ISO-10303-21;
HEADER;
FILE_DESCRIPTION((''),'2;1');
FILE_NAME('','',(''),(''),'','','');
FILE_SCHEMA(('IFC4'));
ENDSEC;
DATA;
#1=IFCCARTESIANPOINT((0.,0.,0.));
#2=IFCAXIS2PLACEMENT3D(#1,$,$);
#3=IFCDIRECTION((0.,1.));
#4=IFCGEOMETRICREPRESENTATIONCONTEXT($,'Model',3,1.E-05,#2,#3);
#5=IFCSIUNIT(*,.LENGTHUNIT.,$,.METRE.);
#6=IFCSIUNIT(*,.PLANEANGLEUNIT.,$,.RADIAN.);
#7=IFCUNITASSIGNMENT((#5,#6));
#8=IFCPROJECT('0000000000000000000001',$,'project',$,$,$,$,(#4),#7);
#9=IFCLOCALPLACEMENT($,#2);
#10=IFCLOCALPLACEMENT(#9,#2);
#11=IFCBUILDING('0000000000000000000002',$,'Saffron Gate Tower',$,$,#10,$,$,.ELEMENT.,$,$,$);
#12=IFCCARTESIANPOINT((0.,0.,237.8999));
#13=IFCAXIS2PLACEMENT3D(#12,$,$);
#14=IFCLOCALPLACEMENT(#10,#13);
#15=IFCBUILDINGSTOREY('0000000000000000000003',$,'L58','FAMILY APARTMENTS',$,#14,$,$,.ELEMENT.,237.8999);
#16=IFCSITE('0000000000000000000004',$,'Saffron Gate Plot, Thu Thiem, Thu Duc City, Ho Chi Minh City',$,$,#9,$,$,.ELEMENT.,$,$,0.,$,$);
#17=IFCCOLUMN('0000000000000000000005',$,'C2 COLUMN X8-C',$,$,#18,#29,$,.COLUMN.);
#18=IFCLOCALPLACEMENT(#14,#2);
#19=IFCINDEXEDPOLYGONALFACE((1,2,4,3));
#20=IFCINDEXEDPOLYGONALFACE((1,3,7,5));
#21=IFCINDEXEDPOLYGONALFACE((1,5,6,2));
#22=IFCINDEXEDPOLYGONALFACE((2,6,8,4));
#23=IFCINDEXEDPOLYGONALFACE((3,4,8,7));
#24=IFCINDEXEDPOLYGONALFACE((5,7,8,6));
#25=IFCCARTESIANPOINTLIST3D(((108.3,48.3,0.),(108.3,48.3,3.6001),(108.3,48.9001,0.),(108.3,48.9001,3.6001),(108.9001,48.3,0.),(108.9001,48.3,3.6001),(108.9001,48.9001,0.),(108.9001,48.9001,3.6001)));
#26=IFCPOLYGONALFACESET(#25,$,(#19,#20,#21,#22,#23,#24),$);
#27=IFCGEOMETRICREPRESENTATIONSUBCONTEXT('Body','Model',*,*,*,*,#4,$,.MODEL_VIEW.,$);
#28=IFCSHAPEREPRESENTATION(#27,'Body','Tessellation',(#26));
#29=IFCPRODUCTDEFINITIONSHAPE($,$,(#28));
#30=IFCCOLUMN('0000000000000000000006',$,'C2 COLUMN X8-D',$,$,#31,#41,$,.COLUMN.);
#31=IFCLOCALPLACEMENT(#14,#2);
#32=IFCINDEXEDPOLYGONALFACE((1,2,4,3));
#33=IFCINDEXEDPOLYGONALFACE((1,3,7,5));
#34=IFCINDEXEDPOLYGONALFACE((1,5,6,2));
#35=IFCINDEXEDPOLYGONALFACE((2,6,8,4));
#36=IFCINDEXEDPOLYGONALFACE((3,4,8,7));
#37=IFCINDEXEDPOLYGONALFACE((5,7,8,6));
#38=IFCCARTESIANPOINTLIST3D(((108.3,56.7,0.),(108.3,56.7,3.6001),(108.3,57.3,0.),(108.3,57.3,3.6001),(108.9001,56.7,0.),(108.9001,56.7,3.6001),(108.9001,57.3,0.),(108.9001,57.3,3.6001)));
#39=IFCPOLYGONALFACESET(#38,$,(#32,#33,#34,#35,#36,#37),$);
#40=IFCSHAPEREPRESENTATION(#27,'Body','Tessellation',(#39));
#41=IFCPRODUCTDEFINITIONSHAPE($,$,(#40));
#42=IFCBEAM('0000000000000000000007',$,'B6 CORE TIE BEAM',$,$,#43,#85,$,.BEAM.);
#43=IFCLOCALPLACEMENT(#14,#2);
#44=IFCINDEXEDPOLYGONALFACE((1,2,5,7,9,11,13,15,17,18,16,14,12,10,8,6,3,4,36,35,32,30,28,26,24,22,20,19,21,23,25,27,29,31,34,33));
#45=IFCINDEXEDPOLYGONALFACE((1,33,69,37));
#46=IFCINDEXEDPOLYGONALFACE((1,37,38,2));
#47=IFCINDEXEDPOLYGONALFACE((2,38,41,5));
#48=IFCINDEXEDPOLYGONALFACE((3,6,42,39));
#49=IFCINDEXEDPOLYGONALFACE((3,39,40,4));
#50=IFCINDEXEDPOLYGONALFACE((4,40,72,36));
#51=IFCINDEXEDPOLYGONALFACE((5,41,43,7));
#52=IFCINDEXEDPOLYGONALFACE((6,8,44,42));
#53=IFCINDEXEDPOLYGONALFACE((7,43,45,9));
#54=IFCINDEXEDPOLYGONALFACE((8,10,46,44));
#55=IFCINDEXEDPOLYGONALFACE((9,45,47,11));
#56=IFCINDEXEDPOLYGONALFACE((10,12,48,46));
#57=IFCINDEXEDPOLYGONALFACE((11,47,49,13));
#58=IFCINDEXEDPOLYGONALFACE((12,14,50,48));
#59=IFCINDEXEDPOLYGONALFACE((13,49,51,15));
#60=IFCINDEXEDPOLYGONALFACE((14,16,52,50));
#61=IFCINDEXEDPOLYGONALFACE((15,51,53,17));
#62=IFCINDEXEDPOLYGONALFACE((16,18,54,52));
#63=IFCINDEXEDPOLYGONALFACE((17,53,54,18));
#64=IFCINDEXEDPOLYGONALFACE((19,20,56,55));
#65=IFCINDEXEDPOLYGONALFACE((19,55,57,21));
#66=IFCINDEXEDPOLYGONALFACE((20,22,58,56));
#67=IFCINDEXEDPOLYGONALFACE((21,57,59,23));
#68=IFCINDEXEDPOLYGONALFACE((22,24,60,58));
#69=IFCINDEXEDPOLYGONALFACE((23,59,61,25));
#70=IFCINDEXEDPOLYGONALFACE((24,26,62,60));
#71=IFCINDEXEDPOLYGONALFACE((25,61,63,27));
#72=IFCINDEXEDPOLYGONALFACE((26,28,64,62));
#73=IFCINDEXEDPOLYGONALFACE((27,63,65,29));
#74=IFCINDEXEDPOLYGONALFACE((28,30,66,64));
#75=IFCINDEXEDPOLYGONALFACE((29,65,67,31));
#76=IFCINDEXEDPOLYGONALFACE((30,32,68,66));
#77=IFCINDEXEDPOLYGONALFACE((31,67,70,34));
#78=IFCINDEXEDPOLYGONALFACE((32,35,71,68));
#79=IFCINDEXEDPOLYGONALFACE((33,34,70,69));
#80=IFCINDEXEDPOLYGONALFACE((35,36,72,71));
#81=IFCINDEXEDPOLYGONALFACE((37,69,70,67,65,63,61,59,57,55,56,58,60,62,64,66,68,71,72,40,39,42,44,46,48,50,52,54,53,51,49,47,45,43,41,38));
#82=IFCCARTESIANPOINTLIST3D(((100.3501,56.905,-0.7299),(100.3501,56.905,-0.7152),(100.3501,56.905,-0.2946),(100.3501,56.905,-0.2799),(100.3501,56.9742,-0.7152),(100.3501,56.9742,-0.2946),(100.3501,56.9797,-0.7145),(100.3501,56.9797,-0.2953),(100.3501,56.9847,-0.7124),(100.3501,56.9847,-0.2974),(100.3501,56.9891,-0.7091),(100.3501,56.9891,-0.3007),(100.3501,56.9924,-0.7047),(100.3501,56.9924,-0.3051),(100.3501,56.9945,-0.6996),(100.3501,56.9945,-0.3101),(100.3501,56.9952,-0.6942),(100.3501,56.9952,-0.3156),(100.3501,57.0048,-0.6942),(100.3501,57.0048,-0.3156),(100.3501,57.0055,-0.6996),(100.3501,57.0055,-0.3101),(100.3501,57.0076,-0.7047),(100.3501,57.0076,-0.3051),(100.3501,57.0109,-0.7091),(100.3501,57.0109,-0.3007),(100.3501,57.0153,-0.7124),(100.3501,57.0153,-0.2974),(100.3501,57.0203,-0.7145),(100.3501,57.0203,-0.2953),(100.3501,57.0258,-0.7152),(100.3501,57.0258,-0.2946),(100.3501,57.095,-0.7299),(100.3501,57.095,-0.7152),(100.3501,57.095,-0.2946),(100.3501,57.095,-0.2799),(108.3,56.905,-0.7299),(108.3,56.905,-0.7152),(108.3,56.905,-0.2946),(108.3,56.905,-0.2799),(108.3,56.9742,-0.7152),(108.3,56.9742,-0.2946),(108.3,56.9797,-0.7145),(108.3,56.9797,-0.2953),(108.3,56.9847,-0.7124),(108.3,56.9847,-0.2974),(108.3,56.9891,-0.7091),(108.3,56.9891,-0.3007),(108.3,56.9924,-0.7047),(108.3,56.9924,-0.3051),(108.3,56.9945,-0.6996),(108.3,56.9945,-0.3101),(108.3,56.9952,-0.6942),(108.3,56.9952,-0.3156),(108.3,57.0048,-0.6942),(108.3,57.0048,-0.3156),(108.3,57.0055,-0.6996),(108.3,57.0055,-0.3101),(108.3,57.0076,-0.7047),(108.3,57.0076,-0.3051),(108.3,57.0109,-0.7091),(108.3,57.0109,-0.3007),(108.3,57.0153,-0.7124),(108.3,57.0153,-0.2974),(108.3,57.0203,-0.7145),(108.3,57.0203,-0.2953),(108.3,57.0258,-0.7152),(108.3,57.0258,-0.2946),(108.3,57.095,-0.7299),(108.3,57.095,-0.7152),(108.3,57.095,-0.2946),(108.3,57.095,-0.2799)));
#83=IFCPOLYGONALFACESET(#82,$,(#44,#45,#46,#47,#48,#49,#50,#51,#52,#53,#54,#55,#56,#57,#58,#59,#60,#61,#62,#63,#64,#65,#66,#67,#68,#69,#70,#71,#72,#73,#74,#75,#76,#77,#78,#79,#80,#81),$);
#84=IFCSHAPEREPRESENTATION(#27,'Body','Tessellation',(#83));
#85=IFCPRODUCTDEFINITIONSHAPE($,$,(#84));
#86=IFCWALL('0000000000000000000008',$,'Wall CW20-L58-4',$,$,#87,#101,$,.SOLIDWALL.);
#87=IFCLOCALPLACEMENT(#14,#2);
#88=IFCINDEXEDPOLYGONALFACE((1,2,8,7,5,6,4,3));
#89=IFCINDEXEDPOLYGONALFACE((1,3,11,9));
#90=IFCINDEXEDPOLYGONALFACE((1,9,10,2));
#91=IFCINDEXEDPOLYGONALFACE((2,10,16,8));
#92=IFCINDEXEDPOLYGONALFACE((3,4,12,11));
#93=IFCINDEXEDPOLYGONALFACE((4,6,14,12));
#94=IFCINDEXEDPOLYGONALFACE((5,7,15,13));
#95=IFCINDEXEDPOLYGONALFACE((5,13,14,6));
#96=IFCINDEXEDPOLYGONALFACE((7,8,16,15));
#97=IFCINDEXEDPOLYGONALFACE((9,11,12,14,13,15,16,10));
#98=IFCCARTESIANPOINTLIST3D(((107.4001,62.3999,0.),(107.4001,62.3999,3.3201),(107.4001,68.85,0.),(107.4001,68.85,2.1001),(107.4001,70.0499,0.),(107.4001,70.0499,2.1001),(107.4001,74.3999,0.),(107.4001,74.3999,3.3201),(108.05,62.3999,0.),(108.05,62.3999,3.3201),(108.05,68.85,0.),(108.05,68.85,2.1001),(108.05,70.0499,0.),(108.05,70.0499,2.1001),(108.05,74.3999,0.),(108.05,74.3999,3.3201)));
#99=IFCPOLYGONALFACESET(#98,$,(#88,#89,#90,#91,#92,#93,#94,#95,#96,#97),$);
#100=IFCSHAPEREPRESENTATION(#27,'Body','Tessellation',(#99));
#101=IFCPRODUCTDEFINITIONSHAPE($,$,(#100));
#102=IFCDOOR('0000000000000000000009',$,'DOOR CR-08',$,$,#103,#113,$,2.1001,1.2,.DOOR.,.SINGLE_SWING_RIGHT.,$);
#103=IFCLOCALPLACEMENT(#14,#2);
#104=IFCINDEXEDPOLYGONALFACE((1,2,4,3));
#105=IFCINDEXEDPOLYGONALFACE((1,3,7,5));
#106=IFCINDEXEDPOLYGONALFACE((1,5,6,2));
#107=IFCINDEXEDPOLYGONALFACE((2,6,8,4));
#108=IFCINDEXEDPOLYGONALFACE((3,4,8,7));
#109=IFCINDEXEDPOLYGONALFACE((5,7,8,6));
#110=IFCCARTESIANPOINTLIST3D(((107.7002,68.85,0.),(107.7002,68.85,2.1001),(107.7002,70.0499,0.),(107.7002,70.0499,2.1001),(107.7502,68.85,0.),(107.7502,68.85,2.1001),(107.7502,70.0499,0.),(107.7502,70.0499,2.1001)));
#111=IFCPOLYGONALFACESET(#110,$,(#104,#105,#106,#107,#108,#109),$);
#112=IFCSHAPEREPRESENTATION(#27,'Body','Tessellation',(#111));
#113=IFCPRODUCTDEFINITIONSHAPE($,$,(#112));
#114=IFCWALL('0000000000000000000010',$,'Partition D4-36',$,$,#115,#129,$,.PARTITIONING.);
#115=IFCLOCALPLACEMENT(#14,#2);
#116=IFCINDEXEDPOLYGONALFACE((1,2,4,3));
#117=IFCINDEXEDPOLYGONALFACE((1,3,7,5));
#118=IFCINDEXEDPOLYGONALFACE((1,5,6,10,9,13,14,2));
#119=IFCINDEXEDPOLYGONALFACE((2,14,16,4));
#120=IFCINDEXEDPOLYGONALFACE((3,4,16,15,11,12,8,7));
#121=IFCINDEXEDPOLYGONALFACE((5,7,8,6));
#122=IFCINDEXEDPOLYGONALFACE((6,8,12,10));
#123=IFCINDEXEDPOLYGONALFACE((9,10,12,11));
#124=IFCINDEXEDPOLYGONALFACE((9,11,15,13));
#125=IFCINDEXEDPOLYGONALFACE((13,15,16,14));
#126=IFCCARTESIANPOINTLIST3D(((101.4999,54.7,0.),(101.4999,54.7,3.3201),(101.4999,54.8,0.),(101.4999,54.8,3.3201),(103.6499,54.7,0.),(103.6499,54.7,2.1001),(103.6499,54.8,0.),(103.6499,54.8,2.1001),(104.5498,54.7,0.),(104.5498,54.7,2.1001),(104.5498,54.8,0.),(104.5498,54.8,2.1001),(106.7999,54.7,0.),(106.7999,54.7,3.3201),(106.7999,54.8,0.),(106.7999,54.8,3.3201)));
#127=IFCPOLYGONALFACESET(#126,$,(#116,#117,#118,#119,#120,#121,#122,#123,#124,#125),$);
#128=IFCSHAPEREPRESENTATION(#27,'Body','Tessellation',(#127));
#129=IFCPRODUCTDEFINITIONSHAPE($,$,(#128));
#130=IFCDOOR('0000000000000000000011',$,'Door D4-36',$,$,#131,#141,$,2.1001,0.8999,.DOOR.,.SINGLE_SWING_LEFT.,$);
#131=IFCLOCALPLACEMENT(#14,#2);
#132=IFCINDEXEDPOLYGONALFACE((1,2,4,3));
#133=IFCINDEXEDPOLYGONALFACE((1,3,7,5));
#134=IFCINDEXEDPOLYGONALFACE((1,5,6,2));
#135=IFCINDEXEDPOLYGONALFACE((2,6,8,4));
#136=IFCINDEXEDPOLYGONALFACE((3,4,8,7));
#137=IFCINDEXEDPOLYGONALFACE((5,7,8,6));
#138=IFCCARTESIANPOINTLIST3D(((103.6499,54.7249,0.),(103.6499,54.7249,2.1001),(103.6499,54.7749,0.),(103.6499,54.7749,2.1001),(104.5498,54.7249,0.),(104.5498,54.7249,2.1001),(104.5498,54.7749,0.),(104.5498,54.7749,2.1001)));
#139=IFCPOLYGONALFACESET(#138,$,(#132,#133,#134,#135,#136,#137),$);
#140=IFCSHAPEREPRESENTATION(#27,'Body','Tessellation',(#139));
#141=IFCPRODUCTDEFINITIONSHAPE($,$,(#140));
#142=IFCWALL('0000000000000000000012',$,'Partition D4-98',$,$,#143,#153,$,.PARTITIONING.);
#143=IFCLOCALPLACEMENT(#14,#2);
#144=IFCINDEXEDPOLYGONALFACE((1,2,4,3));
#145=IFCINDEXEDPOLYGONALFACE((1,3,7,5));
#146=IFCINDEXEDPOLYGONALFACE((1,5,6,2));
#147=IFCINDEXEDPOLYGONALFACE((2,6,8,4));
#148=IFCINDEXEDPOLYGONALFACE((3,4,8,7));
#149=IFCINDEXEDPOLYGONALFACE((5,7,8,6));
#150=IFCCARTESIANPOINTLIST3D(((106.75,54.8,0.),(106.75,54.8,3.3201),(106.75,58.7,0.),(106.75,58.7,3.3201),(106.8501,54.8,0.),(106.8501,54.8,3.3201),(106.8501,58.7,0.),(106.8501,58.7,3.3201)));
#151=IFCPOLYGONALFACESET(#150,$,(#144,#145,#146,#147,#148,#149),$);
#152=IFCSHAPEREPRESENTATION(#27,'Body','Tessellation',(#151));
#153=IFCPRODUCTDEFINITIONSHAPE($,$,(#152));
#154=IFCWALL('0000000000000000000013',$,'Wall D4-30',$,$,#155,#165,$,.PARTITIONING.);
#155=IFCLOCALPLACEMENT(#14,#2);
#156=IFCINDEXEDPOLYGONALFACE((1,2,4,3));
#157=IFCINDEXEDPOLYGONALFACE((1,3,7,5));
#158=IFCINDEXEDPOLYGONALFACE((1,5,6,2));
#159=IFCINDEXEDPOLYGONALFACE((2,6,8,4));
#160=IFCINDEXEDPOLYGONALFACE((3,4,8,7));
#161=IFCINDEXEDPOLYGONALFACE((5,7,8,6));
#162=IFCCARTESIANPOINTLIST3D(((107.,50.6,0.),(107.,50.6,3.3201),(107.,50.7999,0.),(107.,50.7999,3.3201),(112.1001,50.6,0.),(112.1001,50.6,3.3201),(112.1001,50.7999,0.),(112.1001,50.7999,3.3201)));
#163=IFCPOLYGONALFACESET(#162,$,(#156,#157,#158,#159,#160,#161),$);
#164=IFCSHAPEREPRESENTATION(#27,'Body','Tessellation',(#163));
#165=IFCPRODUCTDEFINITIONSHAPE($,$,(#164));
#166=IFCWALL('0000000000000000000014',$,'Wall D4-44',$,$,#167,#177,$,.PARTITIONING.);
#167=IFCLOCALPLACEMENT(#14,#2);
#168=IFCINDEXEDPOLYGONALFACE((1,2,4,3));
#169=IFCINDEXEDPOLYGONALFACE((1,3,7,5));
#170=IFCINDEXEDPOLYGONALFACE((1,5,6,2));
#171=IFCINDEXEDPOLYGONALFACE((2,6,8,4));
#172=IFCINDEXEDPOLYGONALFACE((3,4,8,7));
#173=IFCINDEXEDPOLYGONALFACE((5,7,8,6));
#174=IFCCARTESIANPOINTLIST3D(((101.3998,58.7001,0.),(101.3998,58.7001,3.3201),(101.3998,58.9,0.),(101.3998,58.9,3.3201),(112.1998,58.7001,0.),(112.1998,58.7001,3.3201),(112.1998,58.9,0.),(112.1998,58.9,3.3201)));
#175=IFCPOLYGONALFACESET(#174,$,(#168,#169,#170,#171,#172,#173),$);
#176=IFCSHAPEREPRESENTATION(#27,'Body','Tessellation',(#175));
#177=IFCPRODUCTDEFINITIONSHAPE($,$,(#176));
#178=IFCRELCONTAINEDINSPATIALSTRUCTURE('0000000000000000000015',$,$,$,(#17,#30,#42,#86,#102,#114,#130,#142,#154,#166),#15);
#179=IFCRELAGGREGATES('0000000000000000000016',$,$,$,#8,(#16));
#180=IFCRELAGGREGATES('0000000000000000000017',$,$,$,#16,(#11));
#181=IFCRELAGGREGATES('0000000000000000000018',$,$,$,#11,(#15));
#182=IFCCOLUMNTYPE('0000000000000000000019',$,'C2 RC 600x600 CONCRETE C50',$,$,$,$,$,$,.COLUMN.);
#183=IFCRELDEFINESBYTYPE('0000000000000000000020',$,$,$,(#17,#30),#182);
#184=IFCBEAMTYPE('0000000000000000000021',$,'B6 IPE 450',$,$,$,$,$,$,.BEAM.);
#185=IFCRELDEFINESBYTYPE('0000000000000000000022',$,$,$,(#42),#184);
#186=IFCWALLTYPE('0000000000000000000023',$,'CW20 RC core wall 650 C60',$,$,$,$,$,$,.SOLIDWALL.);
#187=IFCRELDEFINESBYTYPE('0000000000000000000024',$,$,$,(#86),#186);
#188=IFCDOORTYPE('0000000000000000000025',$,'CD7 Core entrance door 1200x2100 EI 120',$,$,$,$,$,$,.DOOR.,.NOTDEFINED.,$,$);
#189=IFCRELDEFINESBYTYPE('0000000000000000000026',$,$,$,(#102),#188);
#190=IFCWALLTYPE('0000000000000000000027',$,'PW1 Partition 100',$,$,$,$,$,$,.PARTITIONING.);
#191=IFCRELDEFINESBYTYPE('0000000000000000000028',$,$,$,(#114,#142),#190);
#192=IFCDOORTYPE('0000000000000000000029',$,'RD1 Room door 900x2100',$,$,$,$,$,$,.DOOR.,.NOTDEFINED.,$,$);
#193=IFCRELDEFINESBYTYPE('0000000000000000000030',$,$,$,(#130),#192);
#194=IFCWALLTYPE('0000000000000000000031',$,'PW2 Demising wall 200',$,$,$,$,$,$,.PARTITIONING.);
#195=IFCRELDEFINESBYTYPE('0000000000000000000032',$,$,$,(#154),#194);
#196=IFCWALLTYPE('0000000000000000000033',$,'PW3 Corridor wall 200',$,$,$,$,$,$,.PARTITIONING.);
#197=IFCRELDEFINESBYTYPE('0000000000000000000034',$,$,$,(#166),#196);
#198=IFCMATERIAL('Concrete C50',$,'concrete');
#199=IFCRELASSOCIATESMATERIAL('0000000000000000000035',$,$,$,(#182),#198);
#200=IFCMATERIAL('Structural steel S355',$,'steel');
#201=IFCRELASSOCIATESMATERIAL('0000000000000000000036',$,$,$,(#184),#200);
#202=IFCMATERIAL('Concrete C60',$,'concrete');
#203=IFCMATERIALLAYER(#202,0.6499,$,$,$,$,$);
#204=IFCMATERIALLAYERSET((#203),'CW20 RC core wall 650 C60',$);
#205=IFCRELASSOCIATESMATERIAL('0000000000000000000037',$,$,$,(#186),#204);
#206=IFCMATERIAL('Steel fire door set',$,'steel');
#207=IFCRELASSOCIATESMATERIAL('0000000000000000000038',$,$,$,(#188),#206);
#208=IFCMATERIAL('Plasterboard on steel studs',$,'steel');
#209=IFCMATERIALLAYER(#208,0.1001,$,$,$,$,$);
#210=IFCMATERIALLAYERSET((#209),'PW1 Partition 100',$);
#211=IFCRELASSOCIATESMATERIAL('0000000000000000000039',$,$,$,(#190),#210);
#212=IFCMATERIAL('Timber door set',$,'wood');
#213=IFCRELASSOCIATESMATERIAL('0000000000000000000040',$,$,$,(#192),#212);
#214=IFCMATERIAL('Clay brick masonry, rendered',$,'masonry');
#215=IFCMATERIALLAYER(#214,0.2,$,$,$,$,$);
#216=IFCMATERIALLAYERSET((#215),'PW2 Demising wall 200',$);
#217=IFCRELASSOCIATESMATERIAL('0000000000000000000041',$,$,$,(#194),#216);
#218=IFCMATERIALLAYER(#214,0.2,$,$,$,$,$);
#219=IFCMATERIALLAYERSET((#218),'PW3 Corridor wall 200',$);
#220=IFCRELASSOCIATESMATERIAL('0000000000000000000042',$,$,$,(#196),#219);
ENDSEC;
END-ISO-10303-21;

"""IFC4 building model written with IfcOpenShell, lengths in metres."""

from ifc_helpers import new_model, si_unit, direction, frame, frame_2d, origin, origin_2d, place, context, subcontext, project, spatial, rectangle, i_section, extrude, material, layer, layer_set, material_profile, profile_set, type_object, element, fill, save


model = new_model("IFC4")

# Units and contexts
model_context = context("Model", 3, precision=1e-05, world=origin(), true_north=direction((0.0, 1.0)))
body_context = subcontext(model_context, "Body", "Model", "MODEL_VIEW")
ifc_project = project(units=[si_unit("LENGTHUNIT", "METRE"), si_unit("PLANEANGLEUNIT", "RADIAN")], contexts=[model_context])

# Site, building, storey
site_placement = place(None, origin())
site = spatial("IfcSite", under=ifc_project, at=site_placement, Name="Saffron Gate Plot, Thu Thiem, Thu Duc City, Ho Chi Minh City", CompositionType="ELEMENT", RefElevation=0.0)
building_placement = place(site_placement, origin())
building = spatial("IfcBuilding", under=site, at=building_placement, Name="Saffron Gate Tower", CompositionType="ELEMENT")
storey_placement = place(building_placement, frame((0.0, 0.0, 237.8999)))
storey = spatial("IfcBuildingStorey", under=building, at=storey_placement, Name="L58", Description="FAMILY APARTMENTS", CompositionType="ELEMENT", Elevation=237.8999)

# Columns
ifc_material_1 = material(Name="Concrete C50", Category="concrete")
ifc_material_profile_1 = material_profile(ifc_material_1, rectangle(XDim=0.6001, YDim=0.6001, at=origin_2d()))
ifc_profile_set_1 = profile_set([ifc_material_profile_1], Name="Concrete C50")
column_type = type_object("IfcColumnType", Name="C2 RC 600x600 CONCRETE C50", PredefinedType="COLUMN", material=ifc_profile_set_1)
for number, where, z_axis, x_axis, name in (
    (1, (108.6001, 48.6001, 0.0), (0.0, 0.0, 1.0), (1.0, 0.0, 0.0), "C2 COLUMN X8-C"),
    (2, (108.6001, 57.0, 0.0), (0.0, 0.0, 1.0), (1.0, 0.0, 0.0), "C2 COLUMN X8-D"),
):
    element("IfcColumn", number, at=place(storey_placement, frame(where, z_axis=z_axis, x_axis=x_axis)), inside=storey, type_object=column_type, Name=name, PredefinedType="COLUMN", context=body_context, shape_type="SweptSolid", body=[
        extrude(rectangle(XDim=0.6001, YDim=0.6001, at=origin_2d()), origin(), (0.0, 0.0, 1.0), 3.6001),
    ])

# Beam
ifc_material_2 = material(Name="Structural steel S355", Category="steel")
ifc_material_profile_2 = material_profile(ifc_material_2, i_section(OverallWidth=0.1899, OverallDepth=0.45, WebThickness=0.0095, FlangeThickness=0.0146, FilletRadius=0.021, at=origin_2d()))
ifc_profile_set_2 = profile_set([ifc_material_profile_2], Name="Structural steel S355")
beam_type = type_object("IfcBeamType", Name="B6 IPE 450", PredefinedType="BEAM", material=ifc_profile_set_2)
beam_placement = place(storey_placement, frame((108.3, 57.0, -0.5049), z_axis=(-1.0, 0.0, 0.0), x_axis=(0.0, -1.0, 0.0)))
element("IfcBeam", 3, at=beam_placement, inside=storey, type_object=beam_type, Name="B6 CORE TIE BEAM", PredefinedType="BEAM", context=body_context, shape_type="SweptSolid", body=[
    extrude(i_section(OverallWidth=0.1899, OverallDepth=0.45, WebThickness=0.0095, FlangeThickness=0.0146, FilletRadius=0.021, at=origin_2d()), origin(), (0.0, 0.0, 1.0), 7.95),
])

# Walls, openings, doors
ifc_material_3 = material(Name="Concrete C60", Category="concrete")
ifc_layer_1 = layer(ifc_material_3, 0.6499)
ifc_layer_set_1 = layer_set([ifc_layer_1], Name="CW20 RC core wall 650 C60")
wall_type_1 = type_object("IfcWallType", Name="CW20 RC core wall 650 C60", PredefinedType="SOLIDWALL", material=ifc_layer_set_1)
wall_1_placement = place(storey_placement, frame((107.7251, 62.3999, 0.0), z_axis=(0.0, 0.0, 1.0), x_axis=(0.0, 1.0, 0.0)))
wall_1 = element("IfcWall", 4, at=wall_1_placement, inside=storey, type_object=wall_type_1, Name="Wall CW20-L58-4", PredefinedType="SOLIDWALL", context=body_context, shape_type="SweptSolid", body=[
    extrude(rectangle(XDim=12.0, YDim=0.6499, at=frame_2d((6.0, 0.0))), origin(), (0.0, 0.0, 1.0), 3.3201),
])
opening_1_placement = place(wall_1_placement, frame((6.45, 0.0, 0.0)))
opening_1 = element("IfcOpeningElement", 5, at=opening_1_placement, cuts=wall_1, PredefinedType="OPENING", context=body_context, shape_type="SweptSolid", body=[
    extrude(rectangle(XDim=1.2, YDim=2.1001, at=frame_2d((0.6001, 1.05))), frame((0.0, 0.335, 0.0), z_axis=(0.0, -1.0, 0.0), x_axis=(1.0, 0.0, 0.0)), (0.0, 0.0, 1.0), 0.6699),
])
ifc_material_4 = material(Name="Steel fire door set", Category="steel")
door_type_1 = type_object("IfcDoorType", Name="CD7 Core entrance door 1200x2100 EI 120", OperationType="NOTDEFINED", PredefinedType="DOOR", material=ifc_material_4)
door_1_placement = place(opening_1_placement, origin())
door_1 = element("IfcDoor", 6, at=door_1_placement, inside=storey, type_object=door_type_1, Name="DOOR CR-08", OperationType="SINGLE_SWING_RIGHT", OverallHeight=2.1001, OverallWidth=1.2, PredefinedType="DOOR", context=body_context, shape_type="SweptSolid", body=[
    extrude(rectangle(XDim=1.2, YDim=2.1001, at=frame_2d((0.6001, 1.05))), frame((0.0, 0.0249, 0.0), z_axis=(0.0, -1.0, 0.0), x_axis=(1.0, 0.0, 0.0)), (0.0, 0.0, 1.0), 0.05),
])
fill(opening_1, door_1)
ifc_material_5 = material(Name="Plasterboard on steel studs", Category="steel")
ifc_layer_2 = layer(ifc_material_5, 0.1001)
ifc_layer_set_2 = layer_set([ifc_layer_2], Name="PW1 Partition 100")
wall_type_2 = type_object("IfcWallType", Name="PW1 Partition 100", PredefinedType="PARTITIONING", material=ifc_layer_set_2)
wall_2_placement = place(storey_placement, frame((101.5, 54.75, 0.0), z_axis=(0.0, 0.0, 1.0), x_axis=(1.0, 0.0, 0.0)))
wall_2 = element("IfcWall", 7, at=wall_2_placement, inside=storey, type_object=wall_type_2, Name="Partition D4-36", PredefinedType="PARTITIONING", context=body_context, shape_type="SweptSolid", body=[
    extrude(rectangle(XDim=5.3, YDim=0.1001, at=frame_2d((2.6499, 0.0))), origin(), (0.0, 0.0, 1.0), 3.3201),
])
opening_2_placement = place(wall_2_placement, frame((2.1499, 0.0, 0.0)))
opening_2 = element("IfcOpeningElement", 8, at=opening_2_placement, cuts=wall_2, PredefinedType="OPENING", context=body_context, shape_type="SweptSolid", body=[
    extrude(rectangle(XDim=0.8999, YDim=2.1001, at=frame_2d((0.45, 1.05))), frame((0.0, 0.0601, 0.0), z_axis=(0.0, -1.0, 0.0), x_axis=(1.0, 0.0, 0.0)), (0.0, 0.0, 1.0), 0.1201),
])
ifc_material_6 = material(Name="Timber door set", Category="wood")
door_type_2 = type_object("IfcDoorType", Name="RD1 Room door 900x2100", OperationType="NOTDEFINED", PredefinedType="DOOR", material=ifc_material_6)
door_2_placement = place(opening_2_placement, origin())
door_2 = element("IfcDoor", 9, at=door_2_placement, inside=storey, type_object=door_type_2, Name="Door D4-36", OperationType="SINGLE_SWING_LEFT", OverallHeight=2.1001, OverallWidth=0.8999, PredefinedType="DOOR", context=body_context, shape_type="SweptSolid", body=[
    extrude(rectangle(XDim=0.8999, YDim=2.1001, at=frame_2d((0.45, 1.05))), frame((0.0, 0.0249, 0.0), z_axis=(0.0, -1.0, 0.0), x_axis=(1.0, 0.0, 0.0)), (0.0, 0.0, 1.0), 0.05),
])
fill(opening_2, door_2)

# Walls
wall_3_placement = place(storey_placement, frame((106.8, 58.7, 0.0), z_axis=(0.0, 0.0, 1.0), x_axis=(0.0, -1.0, 0.0)))
element("IfcWall", 10, at=wall_3_placement, inside=storey, type_object=wall_type_2, Name="Partition D4-98", PredefinedType="PARTITIONING", context=body_context, shape_type="SweptSolid", body=[
    extrude(rectangle(XDim=3.8999, YDim=0.1001, at=frame_2d((1.95, 0.0))), origin(), (0.0, 0.0, 1.0), 3.3201),
])
ifc_material_7 = material(Name="Clay brick masonry, rendered", Category="masonry")
ifc_layer_3 = layer(ifc_material_7, 0.2)
ifc_layer_set_3 = layer_set([ifc_layer_3], Name="PW2 Demising wall 200")
wall_type_3 = type_object("IfcWallType", Name="PW2 Demising wall 200", PredefinedType="PARTITIONING", material=ifc_layer_set_3)
wall_4_placement = place(storey_placement, frame((107.0, 50.7, 0.0), z_axis=(0.0, 0.0, 1.0), x_axis=(1.0, 0.0, 0.0)))
element("IfcWall", 11, at=wall_4_placement, inside=storey, type_object=wall_type_3, Name="Wall D4-30", PredefinedType="PARTITIONING", context=body_context, shape_type="SweptSolid", body=[
    extrude(rectangle(XDim=5.1001, YDim=0.2, at=frame_2d((2.55, 0.0))), origin(), (0.0, 0.0, 1.0), 3.3201),
])
ifc_layer_4 = layer(ifc_material_7, 0.2)
ifc_layer_set_4 = layer_set([ifc_layer_4], Name="PW3 Corridor wall 200")
wall_type_4 = type_object("IfcWallType", Name="PW3 Corridor wall 200", PredefinedType="PARTITIONING", material=ifc_layer_set_4)
wall_5_placement = place(storey_placement, frame((101.3999, 58.8, 0.0), z_axis=(0.0, 0.0, 1.0), x_axis=(1.0, 0.0, 0.0)))
element("IfcWall", 12, at=wall_5_placement, inside=storey, type_object=wall_type_4, Name="Wall D4-44", PredefinedType="PARTITIONING", context=body_context, shape_type="SweptSolid", body=[
    extrude(rectangle(XDim=10.8, YDim=0.2, at=frame_2d((5.3999, 0.0))), origin(), (0.0, 0.0, 1.0), 3.3201),
])

save(model, "model.ifc")
